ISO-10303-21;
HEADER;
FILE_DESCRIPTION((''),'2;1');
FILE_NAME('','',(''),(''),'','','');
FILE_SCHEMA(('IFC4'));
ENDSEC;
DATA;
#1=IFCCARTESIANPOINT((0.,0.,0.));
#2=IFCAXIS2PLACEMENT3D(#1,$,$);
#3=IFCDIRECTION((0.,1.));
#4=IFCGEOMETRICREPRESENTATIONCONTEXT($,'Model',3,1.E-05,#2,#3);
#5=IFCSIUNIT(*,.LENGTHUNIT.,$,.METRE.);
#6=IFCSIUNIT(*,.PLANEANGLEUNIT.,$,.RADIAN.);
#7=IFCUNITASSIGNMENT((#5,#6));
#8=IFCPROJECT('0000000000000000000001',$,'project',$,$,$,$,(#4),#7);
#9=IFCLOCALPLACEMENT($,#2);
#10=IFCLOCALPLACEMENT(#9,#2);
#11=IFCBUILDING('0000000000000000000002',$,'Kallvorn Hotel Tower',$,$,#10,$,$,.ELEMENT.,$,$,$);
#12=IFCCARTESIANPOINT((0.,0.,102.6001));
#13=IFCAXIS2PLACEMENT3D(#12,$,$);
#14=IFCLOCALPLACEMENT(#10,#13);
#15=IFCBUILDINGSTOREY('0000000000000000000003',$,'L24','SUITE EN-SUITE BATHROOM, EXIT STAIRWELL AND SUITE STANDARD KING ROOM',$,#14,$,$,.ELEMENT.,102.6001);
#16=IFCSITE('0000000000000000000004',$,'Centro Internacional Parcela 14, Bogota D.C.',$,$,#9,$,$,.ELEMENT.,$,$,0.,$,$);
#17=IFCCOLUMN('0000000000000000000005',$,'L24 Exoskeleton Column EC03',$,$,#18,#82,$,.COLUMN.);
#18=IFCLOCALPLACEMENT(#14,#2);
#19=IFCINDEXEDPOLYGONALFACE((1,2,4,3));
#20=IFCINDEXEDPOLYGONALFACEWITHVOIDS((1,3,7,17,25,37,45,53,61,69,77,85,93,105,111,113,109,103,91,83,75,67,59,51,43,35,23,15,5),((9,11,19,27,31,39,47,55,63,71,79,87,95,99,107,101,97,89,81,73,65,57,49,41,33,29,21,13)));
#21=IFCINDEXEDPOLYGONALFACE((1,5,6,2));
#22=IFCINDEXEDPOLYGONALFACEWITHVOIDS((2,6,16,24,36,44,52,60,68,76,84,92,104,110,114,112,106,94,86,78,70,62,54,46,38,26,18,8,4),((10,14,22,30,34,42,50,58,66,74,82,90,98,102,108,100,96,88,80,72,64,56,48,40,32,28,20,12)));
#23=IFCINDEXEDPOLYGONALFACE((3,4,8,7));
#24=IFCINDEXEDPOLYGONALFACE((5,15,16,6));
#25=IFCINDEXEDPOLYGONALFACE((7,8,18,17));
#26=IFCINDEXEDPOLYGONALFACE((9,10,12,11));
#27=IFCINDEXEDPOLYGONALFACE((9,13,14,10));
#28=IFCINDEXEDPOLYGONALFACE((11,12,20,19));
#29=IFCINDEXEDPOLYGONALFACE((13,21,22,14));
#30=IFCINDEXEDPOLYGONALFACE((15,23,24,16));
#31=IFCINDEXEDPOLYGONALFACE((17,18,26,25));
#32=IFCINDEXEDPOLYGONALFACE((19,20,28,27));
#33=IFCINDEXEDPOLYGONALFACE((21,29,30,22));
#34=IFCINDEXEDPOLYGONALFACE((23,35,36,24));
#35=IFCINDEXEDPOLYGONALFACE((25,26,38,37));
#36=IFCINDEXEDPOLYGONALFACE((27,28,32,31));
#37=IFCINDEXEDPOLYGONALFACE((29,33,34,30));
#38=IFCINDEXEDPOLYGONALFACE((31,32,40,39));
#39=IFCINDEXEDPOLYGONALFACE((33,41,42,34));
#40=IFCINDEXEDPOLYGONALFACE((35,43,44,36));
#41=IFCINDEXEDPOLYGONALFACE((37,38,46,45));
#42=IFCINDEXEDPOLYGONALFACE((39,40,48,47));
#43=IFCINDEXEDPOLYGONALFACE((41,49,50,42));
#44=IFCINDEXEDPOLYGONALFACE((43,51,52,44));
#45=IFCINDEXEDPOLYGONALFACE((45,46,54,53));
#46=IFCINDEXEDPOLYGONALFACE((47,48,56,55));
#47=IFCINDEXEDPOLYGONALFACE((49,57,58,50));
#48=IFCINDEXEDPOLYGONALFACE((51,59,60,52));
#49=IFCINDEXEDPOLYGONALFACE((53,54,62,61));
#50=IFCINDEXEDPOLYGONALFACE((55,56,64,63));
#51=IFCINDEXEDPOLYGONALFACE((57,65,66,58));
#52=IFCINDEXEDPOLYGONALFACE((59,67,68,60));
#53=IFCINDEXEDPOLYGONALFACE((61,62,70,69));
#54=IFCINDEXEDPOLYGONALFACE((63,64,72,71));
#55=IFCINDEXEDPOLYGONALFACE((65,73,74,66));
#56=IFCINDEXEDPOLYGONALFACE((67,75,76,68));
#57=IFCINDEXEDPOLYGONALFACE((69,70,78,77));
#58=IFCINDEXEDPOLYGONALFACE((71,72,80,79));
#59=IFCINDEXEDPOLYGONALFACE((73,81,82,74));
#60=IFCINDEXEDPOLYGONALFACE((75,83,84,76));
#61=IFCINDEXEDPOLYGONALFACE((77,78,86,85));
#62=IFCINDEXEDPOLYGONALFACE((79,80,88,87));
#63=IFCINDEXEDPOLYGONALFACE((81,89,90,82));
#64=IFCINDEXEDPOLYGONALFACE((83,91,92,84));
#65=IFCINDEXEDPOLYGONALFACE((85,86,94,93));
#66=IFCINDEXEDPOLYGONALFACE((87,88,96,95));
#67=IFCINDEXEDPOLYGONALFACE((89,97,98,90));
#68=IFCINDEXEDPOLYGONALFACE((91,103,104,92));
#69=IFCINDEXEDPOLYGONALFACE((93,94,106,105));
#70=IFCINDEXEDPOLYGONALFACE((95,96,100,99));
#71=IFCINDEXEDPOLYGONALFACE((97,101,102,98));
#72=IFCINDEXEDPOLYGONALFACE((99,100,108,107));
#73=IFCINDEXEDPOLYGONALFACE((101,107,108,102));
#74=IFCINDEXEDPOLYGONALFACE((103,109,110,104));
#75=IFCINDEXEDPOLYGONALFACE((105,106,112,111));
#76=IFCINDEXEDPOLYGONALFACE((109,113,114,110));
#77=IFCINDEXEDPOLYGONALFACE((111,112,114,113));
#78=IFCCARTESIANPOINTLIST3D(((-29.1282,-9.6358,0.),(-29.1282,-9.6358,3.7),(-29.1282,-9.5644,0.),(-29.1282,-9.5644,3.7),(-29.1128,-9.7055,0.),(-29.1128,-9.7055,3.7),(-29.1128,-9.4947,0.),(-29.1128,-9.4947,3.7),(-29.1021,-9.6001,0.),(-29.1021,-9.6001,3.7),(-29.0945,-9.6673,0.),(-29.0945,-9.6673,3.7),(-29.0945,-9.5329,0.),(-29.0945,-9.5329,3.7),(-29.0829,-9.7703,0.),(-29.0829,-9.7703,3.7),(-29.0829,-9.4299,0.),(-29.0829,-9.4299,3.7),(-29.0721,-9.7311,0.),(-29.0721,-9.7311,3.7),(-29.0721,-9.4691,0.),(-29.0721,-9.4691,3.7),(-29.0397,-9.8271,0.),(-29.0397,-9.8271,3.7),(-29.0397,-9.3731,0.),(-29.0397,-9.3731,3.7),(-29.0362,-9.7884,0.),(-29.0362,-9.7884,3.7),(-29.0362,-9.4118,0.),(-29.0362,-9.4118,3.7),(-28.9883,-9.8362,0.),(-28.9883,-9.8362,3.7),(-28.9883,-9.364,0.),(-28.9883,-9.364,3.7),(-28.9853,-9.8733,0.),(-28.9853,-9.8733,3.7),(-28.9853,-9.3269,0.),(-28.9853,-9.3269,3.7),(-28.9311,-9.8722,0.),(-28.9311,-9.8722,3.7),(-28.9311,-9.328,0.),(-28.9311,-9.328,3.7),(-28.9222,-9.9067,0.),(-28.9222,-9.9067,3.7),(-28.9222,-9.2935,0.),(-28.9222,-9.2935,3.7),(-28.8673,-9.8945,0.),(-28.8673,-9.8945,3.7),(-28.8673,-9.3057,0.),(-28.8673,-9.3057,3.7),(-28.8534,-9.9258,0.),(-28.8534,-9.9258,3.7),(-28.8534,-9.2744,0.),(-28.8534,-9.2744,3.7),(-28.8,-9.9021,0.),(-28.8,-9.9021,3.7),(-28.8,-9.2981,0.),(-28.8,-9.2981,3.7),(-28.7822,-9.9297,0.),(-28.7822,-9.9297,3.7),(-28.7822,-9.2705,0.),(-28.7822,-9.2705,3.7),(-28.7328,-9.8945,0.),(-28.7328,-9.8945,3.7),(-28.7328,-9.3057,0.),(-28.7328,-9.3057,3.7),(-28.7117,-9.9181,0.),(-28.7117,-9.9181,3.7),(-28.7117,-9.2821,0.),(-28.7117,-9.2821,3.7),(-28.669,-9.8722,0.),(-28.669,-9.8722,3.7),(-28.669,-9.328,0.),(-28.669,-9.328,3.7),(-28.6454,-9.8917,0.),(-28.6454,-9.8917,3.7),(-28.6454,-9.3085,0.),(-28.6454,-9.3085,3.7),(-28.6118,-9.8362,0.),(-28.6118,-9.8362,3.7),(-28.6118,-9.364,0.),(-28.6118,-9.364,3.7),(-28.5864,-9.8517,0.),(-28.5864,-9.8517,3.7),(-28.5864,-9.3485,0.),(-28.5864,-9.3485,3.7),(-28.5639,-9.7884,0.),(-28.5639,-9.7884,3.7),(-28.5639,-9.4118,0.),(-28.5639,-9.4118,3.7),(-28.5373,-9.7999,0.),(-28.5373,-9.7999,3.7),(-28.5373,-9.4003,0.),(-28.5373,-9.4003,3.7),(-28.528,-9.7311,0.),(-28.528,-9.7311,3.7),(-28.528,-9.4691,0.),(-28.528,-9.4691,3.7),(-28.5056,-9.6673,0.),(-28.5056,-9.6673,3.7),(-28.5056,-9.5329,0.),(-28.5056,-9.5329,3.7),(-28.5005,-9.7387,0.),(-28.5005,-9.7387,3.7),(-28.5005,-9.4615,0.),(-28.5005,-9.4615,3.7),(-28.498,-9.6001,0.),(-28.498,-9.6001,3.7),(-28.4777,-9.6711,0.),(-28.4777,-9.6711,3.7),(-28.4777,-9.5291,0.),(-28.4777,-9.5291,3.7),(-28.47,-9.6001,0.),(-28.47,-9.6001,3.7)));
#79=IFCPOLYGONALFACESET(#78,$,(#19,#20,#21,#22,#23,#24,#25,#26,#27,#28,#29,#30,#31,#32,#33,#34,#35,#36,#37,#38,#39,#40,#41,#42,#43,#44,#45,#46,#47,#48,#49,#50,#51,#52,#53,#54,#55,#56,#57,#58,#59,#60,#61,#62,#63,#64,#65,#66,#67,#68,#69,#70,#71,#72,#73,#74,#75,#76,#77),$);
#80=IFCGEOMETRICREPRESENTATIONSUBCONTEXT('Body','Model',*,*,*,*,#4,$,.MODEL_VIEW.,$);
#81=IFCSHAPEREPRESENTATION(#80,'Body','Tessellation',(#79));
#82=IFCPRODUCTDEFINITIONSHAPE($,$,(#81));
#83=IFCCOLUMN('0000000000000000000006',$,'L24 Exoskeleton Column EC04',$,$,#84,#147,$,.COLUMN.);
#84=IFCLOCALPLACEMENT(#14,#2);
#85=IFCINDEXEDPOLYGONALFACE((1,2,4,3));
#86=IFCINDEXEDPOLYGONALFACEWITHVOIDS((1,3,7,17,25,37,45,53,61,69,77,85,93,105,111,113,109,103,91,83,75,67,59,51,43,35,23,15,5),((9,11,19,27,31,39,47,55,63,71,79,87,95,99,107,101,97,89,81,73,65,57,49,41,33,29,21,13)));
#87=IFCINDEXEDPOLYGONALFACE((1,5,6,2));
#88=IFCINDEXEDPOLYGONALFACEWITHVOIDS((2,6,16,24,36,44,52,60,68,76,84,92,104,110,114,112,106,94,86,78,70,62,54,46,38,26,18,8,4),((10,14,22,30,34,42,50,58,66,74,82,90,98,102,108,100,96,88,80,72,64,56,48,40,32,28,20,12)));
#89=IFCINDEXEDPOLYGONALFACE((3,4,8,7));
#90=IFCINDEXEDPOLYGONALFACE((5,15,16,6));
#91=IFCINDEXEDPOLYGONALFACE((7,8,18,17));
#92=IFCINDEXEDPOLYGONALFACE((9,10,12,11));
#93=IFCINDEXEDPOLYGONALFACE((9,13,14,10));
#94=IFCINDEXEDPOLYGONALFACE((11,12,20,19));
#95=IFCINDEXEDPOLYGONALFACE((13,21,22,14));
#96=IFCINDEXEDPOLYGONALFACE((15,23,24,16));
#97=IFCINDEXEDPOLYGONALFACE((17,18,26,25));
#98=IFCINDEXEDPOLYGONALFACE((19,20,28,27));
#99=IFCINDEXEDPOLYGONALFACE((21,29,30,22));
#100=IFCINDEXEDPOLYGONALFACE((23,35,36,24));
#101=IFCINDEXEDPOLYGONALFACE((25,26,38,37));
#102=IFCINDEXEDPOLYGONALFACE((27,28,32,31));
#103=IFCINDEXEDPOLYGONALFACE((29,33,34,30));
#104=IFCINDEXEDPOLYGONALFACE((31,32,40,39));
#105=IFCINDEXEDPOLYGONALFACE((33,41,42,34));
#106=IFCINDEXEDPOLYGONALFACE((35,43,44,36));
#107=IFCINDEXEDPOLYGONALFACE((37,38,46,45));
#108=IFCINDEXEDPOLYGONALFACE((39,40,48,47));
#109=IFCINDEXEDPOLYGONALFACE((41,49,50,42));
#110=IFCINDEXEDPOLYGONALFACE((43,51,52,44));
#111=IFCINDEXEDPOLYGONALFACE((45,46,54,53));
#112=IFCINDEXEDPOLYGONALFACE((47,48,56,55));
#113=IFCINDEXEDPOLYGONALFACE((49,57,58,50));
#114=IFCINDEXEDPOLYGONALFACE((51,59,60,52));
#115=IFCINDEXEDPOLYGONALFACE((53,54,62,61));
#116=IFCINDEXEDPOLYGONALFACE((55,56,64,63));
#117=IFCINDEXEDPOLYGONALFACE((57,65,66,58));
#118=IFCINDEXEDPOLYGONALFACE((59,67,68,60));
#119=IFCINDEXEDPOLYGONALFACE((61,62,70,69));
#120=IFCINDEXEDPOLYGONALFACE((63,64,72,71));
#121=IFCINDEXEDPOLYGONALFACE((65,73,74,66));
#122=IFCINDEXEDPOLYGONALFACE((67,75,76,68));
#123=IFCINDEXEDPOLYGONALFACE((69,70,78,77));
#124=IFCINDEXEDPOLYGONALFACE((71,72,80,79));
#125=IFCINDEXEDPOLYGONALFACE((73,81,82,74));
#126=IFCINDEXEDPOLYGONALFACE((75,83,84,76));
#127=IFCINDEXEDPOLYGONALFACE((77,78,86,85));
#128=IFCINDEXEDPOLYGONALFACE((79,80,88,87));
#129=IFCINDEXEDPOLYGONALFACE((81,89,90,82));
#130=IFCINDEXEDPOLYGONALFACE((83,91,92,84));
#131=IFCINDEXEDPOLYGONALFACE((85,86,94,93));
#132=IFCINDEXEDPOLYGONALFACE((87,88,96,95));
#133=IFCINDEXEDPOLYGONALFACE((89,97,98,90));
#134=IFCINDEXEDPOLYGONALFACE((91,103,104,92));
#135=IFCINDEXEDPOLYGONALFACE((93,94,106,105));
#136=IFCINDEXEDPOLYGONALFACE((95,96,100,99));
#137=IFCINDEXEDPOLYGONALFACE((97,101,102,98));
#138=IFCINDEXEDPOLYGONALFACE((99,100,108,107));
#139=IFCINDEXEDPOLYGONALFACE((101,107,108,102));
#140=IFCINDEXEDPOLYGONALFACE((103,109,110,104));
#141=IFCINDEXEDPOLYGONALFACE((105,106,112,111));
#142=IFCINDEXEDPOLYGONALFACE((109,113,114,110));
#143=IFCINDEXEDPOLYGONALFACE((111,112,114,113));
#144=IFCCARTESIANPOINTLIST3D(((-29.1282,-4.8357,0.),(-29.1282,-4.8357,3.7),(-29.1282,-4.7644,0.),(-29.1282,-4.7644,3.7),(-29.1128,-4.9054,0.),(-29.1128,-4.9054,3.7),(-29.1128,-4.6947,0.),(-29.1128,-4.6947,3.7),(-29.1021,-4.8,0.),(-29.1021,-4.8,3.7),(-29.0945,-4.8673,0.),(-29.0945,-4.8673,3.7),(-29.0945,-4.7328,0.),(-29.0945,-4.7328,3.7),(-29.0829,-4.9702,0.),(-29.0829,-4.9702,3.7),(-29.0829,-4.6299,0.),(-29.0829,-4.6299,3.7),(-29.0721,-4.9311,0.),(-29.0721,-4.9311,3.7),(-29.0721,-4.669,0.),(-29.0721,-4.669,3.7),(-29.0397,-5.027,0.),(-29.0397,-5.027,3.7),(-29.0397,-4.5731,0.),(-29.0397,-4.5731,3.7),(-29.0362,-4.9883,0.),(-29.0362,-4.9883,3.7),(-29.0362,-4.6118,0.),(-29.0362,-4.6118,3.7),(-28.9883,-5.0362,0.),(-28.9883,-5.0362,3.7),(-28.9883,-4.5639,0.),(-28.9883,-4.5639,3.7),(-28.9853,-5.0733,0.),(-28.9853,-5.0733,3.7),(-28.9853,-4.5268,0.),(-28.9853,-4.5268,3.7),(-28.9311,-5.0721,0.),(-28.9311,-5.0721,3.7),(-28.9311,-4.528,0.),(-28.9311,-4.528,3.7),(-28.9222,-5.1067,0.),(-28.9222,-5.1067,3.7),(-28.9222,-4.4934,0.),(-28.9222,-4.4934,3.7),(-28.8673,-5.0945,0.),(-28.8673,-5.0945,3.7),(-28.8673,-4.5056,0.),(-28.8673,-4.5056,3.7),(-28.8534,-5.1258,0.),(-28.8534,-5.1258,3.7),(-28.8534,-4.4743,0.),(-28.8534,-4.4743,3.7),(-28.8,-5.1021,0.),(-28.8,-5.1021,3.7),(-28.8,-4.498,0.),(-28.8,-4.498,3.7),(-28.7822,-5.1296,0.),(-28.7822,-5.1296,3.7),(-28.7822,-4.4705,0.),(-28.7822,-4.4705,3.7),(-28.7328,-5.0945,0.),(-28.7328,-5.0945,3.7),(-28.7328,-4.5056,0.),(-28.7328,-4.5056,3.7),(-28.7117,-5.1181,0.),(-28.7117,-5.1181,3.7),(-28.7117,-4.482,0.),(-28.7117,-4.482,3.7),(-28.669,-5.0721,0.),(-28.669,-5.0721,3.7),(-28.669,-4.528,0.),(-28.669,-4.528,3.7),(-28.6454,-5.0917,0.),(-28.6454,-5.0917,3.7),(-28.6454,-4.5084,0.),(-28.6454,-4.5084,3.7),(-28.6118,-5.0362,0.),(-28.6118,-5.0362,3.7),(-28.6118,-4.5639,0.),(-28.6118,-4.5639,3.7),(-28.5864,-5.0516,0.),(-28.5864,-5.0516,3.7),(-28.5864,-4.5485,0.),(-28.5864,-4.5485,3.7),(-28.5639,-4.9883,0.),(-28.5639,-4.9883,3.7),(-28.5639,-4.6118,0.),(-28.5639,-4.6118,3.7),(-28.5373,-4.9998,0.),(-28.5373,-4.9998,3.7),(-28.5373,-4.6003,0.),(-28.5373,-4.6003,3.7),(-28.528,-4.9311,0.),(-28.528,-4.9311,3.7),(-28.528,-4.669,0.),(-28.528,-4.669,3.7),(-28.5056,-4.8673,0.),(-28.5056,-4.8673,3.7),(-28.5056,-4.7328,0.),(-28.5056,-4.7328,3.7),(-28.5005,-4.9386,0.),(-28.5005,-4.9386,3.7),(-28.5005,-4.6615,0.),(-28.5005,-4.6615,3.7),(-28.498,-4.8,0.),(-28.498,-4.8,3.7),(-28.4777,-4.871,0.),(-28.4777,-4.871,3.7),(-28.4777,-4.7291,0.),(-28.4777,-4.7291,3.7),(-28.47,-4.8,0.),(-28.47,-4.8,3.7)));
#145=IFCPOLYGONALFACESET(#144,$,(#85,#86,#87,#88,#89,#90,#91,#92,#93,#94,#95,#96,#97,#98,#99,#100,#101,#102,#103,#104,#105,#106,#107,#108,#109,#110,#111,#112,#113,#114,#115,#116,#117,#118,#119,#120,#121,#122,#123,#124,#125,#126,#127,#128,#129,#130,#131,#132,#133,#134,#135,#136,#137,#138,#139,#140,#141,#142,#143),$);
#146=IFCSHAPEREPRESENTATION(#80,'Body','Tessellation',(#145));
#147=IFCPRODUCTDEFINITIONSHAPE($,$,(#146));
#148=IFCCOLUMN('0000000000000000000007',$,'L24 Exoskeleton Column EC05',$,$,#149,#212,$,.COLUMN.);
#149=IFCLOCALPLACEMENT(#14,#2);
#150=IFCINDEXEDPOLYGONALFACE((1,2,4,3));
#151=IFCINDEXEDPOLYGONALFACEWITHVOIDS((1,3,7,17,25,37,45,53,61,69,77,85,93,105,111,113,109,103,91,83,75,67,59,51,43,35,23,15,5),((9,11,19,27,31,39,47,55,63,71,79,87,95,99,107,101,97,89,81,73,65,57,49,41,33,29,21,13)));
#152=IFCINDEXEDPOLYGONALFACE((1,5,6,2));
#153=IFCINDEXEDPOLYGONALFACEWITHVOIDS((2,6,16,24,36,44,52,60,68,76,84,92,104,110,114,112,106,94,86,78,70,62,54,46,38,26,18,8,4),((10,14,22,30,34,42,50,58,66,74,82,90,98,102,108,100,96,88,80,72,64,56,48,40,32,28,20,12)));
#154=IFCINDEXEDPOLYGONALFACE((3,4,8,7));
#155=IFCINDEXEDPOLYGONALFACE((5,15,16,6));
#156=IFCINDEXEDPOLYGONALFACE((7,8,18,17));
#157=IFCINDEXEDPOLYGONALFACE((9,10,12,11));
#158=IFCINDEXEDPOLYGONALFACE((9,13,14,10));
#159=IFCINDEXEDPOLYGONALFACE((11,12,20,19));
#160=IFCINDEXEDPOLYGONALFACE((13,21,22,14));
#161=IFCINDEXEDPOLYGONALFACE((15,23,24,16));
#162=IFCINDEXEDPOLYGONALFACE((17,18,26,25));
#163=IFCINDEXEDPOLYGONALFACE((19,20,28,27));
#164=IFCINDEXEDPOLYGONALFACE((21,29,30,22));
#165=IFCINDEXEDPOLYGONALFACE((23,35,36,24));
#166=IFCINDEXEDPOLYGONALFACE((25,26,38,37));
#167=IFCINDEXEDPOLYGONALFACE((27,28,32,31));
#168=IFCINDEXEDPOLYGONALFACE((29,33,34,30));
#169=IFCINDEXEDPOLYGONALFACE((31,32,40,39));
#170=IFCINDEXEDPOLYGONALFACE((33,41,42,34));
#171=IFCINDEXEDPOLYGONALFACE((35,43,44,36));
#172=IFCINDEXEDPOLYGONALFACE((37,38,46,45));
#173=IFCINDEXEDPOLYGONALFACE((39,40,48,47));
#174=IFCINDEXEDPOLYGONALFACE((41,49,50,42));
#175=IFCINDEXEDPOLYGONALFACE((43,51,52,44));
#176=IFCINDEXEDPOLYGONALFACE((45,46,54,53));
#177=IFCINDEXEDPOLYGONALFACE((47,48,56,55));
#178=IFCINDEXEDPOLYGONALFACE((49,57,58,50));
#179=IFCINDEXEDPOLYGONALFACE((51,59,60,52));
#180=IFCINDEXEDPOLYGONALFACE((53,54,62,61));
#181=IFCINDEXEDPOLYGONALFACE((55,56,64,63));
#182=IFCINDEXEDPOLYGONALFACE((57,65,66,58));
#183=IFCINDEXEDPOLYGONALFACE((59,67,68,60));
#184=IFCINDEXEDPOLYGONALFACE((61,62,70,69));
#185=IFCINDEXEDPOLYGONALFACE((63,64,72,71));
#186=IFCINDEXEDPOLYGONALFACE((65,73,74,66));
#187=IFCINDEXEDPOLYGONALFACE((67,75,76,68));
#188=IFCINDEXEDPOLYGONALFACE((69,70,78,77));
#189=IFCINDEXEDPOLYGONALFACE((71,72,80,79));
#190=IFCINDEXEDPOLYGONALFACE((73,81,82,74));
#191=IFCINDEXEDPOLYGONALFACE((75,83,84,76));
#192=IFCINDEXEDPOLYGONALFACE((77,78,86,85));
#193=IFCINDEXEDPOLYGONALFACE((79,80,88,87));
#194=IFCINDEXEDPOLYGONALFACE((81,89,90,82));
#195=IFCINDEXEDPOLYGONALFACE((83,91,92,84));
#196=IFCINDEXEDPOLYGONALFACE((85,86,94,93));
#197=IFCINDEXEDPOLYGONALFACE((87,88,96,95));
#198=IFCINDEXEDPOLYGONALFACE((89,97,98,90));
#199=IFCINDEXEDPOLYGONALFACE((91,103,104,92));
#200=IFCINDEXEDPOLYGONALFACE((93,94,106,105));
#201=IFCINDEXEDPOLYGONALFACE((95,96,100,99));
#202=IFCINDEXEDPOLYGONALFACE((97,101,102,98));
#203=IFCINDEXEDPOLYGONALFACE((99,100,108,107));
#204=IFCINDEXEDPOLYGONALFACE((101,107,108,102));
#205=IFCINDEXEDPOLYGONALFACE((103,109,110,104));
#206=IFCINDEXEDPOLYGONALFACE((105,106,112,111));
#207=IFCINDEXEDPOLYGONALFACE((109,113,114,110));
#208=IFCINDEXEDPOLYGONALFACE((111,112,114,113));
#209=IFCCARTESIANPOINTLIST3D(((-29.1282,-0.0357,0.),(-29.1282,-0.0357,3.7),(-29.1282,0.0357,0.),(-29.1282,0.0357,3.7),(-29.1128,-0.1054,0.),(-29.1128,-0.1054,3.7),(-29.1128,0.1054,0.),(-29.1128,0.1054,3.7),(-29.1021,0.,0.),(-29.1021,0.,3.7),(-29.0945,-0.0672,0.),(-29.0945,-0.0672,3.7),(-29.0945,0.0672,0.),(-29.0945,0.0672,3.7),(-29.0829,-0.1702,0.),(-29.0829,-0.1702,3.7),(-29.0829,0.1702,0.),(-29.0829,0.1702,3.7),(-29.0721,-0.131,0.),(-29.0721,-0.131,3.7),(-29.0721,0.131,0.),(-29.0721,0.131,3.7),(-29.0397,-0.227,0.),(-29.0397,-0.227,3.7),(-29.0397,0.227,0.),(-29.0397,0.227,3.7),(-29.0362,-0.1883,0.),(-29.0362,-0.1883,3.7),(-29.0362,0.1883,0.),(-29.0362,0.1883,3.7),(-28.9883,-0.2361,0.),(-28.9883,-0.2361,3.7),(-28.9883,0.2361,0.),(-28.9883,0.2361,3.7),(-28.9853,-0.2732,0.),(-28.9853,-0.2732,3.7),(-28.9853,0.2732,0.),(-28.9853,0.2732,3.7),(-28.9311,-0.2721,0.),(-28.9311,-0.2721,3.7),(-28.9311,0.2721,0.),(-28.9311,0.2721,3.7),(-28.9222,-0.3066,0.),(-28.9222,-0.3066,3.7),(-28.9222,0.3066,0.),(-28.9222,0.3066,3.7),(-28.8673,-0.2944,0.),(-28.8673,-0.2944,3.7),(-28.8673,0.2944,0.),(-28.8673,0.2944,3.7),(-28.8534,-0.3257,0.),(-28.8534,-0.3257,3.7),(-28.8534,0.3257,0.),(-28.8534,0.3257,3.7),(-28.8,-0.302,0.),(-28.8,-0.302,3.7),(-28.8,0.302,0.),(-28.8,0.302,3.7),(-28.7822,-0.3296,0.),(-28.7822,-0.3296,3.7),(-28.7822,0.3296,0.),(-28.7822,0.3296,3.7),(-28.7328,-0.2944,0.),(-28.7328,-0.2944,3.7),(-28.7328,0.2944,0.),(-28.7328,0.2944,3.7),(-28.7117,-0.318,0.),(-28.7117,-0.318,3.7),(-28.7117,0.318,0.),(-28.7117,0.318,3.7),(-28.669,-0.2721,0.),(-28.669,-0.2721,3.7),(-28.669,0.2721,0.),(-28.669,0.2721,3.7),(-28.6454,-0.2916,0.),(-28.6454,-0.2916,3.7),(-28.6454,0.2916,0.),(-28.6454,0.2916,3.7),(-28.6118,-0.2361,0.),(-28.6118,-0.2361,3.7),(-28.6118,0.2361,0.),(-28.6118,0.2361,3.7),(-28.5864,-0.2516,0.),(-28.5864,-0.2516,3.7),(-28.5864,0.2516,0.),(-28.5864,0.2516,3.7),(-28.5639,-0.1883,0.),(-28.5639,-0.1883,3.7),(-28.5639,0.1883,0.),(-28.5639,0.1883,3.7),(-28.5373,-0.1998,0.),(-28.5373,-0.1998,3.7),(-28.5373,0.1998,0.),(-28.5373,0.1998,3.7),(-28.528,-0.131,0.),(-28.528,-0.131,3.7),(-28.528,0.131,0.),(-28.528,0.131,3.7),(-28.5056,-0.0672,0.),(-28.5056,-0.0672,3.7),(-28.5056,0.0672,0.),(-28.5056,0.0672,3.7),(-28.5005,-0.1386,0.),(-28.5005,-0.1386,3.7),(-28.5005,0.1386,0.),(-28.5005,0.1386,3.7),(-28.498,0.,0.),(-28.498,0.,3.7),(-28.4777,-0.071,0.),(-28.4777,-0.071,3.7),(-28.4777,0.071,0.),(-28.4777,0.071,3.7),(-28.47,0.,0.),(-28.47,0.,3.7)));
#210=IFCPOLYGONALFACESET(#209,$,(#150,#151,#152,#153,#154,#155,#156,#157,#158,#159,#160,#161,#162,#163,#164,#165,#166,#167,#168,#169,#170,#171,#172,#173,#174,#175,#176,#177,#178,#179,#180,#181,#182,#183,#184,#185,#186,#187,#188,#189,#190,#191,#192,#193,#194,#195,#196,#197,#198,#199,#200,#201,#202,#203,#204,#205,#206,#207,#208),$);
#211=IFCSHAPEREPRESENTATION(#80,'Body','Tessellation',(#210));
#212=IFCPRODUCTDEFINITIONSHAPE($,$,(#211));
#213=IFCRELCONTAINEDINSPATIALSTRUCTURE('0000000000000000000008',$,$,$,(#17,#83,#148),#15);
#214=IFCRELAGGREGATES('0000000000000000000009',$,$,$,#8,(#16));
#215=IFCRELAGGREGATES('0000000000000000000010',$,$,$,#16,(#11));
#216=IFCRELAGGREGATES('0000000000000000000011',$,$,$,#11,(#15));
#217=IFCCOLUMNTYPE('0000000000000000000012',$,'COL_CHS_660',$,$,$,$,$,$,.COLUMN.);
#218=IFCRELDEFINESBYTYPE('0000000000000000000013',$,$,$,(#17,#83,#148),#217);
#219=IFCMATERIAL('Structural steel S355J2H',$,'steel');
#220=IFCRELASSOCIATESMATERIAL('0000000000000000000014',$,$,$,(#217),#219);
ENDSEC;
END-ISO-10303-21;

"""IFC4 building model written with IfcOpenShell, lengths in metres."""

from ifc_helpers import new_model, si_unit, direction, frame, origin, origin_2d, place, context, subcontext, project, spatial, hollow_circle, extrude, material, material_profile, profile_set, type_object, element, save


model = new_model("IFC4")

# Units and contexts
model_context = context("Model", 3, precision=1e-05, world=origin(), true_north=direction((0.0, 1.0)))
body_context = subcontext(model_context, "Body", "Model", "MODEL_VIEW")
ifc_project = project(units=[si_unit("LENGTHUNIT", "METRE"), si_unit("PLANEANGLEUNIT", "RADIAN")], contexts=[model_context])

# Site, building, storey
site_placement = place(None, origin())
site = spatial("IfcSite", under=ifc_project, at=site_placement, Name="Centro Internacional Parcela 14, Bogota D.C.", CompositionType="ELEMENT", RefElevation=0.0)
building_placement = place(site_placement, origin())
building = spatial("IfcBuilding", under=site, at=building_placement, Name="Kallvorn Hotel Tower", CompositionType="ELEMENT")
storey_placement = place(building_placement, frame((0.0, 0.0, 102.6001)))
storey = spatial("IfcBuildingStorey", under=building, at=storey_placement, Name="L24", Description="SUITE EN-SUITE BATHROOM, EXIT STAIRWELL AND SUITE STANDARD KING ROOM", CompositionType="ELEMENT", Elevation=102.6001)

# Columns
ifc_material_1 = material(Name="Structural steel S355J2H", Category="steel")
ifc_material_profile_1 = material_profile(ifc_material_1, hollow_circle(Radius=0.3301, WallThickness=0.0281, at=origin_2d()), Name="CHS 660x28")
ifc_profile_set_1 = profile_set([ifc_material_profile_1], Name="Structural steel S355J2H")
column_type = type_object("IfcColumnType", Name="COL_CHS_660", PredefinedType="COLUMN", material=ifc_profile_set_1)
for number, where, z_axis, x_axis, name in (
    (1, (-28.8, -9.6001, 0.0), (0.0, 0.0, 1.0), (1.0, 0.0, 0.0), "L24 Exoskeleton Column EC03"),
    (2, (-28.8, -4.8, 0.0), (0.0, 0.0, 1.0), (1.0, 0.0, 0.0), "L24 Exoskeleton Column EC04"),
    (3, (-28.8, 0.0, 0.0), (0.0, 0.0, 1.0), (1.0, 0.0, 0.0), "L24 Exoskeleton Column EC05"),
):
    element("IfcColumn", number, at=place(storey_placement, frame(where, z_axis=z_axis, x_axis=x_axis)), inside=storey, type_object=column_type, Name=name, PredefinedType="COLUMN", context=body_context, shape_type="SweptSolid", body=[
        extrude(hollow_circle(Radius=0.3301, WallThickness=0.0281, at=origin_2d()), origin(), (0.0, 0.0, 1.0), 3.7),
    ])

save(model, "model.ifc")
